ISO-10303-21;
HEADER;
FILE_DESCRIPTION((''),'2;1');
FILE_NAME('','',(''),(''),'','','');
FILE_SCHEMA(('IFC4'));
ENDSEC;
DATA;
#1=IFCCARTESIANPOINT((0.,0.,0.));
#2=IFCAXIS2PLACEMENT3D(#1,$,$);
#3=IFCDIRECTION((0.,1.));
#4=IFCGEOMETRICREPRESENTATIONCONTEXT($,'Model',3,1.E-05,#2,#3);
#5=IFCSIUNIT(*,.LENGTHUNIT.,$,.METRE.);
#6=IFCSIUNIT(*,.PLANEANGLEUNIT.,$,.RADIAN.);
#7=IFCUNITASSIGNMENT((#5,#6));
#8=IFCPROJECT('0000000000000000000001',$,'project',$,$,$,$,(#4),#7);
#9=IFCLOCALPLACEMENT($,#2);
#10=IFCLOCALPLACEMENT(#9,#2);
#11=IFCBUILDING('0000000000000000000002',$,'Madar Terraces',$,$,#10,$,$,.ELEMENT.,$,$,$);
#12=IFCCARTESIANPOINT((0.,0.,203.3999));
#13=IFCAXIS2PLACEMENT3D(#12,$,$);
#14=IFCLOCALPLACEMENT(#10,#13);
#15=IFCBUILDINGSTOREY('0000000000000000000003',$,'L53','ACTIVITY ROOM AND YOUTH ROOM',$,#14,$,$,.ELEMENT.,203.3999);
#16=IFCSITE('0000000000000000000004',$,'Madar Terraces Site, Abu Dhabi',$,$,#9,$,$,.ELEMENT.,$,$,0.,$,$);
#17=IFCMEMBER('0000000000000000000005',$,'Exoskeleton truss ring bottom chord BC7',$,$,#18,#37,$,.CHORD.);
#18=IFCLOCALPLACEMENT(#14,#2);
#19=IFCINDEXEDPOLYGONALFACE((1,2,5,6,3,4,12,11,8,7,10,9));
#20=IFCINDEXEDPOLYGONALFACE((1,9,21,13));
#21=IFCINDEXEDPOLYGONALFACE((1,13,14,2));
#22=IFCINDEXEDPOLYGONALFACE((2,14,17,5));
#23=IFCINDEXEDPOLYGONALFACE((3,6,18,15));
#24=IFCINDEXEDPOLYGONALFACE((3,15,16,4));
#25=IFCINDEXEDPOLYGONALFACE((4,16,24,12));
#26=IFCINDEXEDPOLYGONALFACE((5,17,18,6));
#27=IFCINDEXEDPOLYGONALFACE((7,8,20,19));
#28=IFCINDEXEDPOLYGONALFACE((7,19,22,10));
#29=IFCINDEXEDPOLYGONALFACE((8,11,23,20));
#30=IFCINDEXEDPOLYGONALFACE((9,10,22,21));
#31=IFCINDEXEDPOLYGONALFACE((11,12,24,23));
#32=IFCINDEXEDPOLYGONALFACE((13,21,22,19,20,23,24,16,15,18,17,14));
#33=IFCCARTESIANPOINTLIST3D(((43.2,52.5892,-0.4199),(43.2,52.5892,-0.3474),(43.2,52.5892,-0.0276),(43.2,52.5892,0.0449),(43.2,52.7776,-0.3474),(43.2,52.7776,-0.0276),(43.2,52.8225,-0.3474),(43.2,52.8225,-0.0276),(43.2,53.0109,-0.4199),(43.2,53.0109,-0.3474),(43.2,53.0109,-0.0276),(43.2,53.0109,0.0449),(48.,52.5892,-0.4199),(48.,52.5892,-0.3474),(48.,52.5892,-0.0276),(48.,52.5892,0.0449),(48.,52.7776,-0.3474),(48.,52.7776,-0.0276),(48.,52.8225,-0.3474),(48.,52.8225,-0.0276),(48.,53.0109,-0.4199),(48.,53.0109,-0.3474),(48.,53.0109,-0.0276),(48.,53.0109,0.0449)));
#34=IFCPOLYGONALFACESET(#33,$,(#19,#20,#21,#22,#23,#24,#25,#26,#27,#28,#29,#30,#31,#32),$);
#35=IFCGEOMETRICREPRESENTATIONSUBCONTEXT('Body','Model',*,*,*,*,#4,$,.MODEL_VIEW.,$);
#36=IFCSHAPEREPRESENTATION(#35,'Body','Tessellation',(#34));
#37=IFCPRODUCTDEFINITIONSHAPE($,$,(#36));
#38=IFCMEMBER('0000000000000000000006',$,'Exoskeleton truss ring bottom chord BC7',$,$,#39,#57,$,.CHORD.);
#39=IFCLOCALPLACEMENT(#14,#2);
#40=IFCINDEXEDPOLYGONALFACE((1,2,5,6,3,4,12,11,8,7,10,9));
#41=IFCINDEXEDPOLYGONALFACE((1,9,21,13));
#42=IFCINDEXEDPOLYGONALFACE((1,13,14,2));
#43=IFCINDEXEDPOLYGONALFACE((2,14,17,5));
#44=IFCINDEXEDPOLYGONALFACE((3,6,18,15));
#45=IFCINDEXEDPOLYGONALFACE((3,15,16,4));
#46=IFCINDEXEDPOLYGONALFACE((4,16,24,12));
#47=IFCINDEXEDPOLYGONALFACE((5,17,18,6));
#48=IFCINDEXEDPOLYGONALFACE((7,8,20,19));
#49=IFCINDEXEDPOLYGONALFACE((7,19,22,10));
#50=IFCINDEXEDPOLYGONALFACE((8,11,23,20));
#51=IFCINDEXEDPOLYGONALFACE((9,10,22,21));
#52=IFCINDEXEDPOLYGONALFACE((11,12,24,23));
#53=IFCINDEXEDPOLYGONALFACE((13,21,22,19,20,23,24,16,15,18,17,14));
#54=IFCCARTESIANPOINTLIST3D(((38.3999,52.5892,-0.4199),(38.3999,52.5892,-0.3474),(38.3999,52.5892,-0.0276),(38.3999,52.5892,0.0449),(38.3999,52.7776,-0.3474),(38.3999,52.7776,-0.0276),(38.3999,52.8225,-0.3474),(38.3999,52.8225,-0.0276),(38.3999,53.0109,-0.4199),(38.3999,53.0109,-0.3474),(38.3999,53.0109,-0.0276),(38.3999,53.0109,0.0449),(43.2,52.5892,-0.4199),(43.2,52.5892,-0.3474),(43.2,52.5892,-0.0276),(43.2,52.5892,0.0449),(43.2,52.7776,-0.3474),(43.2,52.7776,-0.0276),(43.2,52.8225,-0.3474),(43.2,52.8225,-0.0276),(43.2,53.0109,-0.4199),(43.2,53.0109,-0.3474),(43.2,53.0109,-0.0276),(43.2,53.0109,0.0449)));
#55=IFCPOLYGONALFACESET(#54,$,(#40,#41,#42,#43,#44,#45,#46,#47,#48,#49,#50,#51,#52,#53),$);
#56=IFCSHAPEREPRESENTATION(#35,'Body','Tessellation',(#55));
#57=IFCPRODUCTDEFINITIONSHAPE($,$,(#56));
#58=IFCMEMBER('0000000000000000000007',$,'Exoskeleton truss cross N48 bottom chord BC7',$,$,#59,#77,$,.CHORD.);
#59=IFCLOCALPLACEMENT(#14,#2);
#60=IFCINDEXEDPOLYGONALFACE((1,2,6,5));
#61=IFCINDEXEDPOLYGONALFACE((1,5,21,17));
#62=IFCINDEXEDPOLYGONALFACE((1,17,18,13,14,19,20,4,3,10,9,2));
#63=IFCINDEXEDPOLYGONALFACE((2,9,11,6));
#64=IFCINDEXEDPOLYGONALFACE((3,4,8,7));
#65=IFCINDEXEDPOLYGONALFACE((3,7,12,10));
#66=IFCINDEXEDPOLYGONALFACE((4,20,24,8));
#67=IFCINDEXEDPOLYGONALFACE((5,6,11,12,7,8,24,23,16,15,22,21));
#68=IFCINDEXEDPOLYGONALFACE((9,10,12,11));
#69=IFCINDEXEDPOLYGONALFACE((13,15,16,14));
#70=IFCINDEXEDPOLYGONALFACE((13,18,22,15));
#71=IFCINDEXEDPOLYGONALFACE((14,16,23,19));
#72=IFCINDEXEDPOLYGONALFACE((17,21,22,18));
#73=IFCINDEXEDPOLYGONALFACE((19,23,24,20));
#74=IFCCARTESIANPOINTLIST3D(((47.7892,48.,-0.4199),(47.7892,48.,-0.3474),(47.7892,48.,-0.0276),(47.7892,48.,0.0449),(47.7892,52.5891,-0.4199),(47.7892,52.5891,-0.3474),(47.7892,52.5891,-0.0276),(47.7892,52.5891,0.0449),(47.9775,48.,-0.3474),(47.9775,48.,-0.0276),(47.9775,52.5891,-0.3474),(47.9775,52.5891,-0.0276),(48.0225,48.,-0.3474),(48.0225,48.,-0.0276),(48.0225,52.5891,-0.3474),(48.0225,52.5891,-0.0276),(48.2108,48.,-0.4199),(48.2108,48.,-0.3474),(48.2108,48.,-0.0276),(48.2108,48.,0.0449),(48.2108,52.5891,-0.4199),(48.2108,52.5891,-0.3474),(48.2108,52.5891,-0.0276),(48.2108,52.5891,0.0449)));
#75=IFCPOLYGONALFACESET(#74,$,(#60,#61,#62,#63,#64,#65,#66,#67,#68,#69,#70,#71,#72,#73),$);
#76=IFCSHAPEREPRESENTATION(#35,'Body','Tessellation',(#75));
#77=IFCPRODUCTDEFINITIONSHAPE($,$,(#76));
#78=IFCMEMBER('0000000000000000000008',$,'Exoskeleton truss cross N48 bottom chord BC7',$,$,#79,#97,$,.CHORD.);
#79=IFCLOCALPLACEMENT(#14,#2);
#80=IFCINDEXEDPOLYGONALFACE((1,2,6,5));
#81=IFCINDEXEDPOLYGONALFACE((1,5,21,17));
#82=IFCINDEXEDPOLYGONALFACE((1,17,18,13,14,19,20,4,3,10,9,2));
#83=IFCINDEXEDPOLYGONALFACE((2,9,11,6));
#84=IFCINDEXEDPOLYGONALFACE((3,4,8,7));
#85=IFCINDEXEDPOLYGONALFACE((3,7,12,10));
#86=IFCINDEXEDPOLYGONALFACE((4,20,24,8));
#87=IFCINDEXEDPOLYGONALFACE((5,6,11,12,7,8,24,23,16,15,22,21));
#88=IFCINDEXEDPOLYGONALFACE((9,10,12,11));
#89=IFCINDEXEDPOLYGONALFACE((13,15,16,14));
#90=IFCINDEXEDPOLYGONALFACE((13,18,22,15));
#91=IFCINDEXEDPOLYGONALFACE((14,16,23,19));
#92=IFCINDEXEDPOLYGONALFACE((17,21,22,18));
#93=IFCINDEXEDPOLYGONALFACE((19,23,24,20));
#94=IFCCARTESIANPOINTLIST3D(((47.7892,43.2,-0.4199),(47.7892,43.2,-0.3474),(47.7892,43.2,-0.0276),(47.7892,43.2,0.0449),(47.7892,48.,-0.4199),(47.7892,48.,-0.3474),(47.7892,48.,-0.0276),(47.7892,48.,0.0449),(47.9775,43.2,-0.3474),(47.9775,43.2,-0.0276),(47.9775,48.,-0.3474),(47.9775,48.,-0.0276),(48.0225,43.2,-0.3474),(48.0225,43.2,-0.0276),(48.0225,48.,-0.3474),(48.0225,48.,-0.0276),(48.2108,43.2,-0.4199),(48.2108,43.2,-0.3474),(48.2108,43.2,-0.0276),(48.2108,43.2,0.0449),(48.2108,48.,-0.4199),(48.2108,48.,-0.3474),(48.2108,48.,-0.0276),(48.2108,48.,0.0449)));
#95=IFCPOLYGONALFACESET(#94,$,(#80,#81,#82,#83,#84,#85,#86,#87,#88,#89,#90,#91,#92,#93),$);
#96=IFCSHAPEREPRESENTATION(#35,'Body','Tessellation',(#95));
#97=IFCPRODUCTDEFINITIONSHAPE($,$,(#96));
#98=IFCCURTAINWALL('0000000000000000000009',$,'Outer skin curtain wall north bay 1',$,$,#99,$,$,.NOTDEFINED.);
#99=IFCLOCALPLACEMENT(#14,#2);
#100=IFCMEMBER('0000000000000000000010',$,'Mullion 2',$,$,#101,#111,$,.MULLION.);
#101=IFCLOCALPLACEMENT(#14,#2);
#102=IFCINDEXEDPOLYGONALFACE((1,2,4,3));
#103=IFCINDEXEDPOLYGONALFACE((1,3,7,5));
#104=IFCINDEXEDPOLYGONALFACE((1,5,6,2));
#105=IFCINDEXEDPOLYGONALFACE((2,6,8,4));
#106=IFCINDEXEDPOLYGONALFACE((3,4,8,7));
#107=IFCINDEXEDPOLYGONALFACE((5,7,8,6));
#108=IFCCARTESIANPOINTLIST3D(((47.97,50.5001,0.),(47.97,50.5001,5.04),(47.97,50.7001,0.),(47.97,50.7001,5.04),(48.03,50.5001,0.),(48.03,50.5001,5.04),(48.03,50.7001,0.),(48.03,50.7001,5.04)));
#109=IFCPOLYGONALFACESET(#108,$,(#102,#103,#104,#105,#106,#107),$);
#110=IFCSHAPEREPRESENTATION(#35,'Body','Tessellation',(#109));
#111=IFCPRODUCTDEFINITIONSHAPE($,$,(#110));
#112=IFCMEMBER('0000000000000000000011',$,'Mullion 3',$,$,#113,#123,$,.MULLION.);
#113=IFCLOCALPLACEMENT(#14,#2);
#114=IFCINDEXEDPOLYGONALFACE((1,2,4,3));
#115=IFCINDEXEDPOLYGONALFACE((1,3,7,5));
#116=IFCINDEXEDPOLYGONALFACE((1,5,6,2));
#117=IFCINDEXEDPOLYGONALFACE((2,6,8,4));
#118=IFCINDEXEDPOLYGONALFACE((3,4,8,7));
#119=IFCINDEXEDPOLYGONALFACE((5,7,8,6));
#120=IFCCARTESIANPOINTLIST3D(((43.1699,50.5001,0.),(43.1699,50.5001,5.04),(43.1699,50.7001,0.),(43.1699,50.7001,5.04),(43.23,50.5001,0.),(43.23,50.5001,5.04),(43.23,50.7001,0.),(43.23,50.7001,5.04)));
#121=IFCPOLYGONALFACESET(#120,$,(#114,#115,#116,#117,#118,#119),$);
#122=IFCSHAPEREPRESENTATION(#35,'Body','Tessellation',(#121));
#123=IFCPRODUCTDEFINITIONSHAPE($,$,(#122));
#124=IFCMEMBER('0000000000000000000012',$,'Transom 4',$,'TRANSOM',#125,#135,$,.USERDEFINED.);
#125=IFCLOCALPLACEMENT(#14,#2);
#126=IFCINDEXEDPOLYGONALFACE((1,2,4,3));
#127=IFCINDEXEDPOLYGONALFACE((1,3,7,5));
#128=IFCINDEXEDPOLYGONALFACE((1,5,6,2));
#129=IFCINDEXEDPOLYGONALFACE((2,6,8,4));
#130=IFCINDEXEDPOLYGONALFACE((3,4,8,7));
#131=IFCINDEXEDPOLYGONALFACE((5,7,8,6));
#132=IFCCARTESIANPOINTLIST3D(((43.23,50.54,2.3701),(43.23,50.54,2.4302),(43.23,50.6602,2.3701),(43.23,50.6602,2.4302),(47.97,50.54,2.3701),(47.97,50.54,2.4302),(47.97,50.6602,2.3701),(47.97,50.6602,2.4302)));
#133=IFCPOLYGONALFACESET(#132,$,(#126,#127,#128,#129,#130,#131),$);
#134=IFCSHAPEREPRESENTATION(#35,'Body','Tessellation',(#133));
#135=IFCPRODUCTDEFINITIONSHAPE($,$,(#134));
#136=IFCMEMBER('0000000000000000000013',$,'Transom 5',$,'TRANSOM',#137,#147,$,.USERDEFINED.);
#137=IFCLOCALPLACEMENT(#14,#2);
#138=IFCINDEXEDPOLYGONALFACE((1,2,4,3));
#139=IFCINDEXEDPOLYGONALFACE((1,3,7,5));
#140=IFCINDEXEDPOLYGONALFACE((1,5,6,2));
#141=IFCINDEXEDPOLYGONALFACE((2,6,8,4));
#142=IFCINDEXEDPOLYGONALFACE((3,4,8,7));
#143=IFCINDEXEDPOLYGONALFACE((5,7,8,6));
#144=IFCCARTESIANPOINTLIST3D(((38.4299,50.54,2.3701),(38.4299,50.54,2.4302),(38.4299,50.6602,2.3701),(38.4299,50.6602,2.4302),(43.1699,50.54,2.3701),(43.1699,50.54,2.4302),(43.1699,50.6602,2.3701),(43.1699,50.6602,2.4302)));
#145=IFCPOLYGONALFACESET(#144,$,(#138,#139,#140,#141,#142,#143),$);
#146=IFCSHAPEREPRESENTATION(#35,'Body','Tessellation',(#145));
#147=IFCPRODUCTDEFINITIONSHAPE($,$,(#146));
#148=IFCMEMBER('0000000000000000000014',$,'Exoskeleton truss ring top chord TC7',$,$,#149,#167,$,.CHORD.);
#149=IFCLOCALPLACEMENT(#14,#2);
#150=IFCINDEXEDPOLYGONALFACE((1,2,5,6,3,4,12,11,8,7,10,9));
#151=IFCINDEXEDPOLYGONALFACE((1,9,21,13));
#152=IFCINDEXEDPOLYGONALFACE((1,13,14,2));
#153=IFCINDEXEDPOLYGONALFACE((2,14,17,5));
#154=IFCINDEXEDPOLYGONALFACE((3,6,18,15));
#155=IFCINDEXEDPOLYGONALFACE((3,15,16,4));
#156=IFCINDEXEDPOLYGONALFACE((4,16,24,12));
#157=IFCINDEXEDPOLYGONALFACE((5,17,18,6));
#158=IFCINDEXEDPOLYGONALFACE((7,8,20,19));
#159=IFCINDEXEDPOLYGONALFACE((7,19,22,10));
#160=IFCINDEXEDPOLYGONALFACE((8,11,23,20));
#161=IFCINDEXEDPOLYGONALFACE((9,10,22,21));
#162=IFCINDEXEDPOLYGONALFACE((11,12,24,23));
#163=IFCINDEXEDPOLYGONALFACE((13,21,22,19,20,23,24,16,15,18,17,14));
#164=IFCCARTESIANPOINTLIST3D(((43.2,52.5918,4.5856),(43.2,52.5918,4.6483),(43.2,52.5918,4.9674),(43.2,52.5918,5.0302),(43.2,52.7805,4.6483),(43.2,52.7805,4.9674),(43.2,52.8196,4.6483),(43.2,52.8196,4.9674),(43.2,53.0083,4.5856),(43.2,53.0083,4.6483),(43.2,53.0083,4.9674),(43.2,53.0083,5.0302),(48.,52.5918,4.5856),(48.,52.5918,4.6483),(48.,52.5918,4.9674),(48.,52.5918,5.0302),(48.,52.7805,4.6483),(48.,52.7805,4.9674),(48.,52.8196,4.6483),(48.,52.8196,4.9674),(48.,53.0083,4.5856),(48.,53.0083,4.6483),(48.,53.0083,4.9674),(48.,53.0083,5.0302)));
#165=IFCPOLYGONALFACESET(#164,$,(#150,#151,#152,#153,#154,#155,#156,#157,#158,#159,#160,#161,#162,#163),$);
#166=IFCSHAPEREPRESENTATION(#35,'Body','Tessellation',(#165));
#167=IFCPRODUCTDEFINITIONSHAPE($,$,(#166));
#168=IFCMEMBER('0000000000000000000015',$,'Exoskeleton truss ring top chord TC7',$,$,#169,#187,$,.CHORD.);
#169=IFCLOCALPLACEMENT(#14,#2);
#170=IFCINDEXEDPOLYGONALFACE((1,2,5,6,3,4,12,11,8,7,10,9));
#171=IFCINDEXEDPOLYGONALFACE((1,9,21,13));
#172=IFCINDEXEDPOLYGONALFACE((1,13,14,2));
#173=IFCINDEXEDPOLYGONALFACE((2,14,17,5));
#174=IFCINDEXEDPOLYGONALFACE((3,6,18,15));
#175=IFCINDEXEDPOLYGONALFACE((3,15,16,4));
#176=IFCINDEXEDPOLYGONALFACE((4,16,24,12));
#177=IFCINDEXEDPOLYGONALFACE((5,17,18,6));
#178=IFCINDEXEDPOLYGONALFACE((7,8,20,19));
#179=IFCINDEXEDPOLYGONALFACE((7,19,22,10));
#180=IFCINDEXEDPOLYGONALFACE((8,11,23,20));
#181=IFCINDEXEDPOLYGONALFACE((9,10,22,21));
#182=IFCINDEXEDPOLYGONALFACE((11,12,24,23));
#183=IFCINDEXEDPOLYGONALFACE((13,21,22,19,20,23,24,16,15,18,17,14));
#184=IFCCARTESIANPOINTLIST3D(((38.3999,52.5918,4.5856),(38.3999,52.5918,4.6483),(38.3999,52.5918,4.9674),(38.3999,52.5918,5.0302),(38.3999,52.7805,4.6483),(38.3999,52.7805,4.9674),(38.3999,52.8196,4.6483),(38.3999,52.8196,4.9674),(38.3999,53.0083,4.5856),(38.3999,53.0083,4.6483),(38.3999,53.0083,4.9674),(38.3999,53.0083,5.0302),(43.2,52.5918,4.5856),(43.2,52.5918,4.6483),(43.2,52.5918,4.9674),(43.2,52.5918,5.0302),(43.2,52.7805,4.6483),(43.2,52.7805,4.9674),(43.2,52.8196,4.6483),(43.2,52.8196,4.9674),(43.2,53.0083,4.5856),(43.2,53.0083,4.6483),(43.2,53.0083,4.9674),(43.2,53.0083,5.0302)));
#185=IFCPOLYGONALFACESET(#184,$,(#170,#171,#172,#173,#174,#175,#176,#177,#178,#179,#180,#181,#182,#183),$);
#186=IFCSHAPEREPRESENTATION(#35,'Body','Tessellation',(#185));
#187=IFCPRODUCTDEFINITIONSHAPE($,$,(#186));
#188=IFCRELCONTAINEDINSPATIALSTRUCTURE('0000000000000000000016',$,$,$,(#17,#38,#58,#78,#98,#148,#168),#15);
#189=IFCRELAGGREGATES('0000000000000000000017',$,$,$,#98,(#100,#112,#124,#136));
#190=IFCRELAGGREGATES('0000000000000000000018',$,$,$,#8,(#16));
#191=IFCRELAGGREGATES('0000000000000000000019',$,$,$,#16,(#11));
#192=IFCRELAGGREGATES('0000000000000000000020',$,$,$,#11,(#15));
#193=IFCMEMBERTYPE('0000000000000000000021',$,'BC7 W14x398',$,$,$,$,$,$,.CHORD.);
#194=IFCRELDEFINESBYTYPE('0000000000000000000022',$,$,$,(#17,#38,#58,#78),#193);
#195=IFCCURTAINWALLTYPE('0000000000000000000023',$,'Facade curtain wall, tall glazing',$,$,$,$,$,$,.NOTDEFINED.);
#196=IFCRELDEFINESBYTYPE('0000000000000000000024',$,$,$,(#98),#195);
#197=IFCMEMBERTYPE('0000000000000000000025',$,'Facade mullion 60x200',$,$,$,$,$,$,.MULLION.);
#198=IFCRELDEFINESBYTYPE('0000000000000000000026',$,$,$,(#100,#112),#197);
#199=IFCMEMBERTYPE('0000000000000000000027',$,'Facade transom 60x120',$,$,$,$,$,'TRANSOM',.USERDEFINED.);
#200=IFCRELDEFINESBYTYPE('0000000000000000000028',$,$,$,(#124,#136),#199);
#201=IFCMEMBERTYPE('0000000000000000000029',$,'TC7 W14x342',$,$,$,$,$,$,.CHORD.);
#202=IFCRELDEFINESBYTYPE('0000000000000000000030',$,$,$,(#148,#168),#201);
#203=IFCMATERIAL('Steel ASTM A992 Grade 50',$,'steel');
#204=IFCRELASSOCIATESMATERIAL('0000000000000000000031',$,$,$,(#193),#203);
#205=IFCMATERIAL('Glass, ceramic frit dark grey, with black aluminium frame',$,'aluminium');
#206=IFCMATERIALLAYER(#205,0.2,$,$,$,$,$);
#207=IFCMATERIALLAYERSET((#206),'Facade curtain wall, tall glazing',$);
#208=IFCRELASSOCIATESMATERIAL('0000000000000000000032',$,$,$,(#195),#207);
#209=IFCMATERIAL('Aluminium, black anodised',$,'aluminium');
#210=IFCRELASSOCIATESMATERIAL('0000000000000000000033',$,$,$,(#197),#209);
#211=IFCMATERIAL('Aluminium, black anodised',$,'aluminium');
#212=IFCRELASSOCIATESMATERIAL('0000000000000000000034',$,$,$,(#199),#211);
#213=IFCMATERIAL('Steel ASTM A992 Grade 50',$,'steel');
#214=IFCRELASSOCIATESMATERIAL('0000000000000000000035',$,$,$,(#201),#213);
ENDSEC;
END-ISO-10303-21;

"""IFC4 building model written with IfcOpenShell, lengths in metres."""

from ifc_helpers import new_model, si_unit, direction, frame, origin, origin_2d, place, context, subcontext, project, spatial, rectangle, i_section, extrude, material, layer, layer_set, material_profile, profile_set, type_object, element, aggregate, save


model = new_model("IFC4")

# Units and contexts
model_context = context("Model", 3, precision=1e-05, world=origin(), true_north=direction((0.0, 1.0)))
body_context = subcontext(model_context, "Body", "Model", "MODEL_VIEW")
ifc_project = project(units=[si_unit("LENGTHUNIT", "METRE"), si_unit("PLANEANGLEUNIT", "RADIAN")], contexts=[model_context])

# Site, building, storey
site_placement = place(None, origin())
site = spatial("IfcSite", under=ifc_project, at=site_placement, Name="Madar Terraces Site, Abu Dhabi", CompositionType="ELEMENT", RefElevation=0.0)
building_placement = place(site_placement, origin())
building = spatial("IfcBuilding", under=site, at=building_placement, Name="Madar Terraces", CompositionType="ELEMENT")
storey_placement = place(building_placement, frame((0.0, 0.0, 203.3999)))
storey = spatial("IfcBuildingStorey", under=building, at=storey_placement, Name="L53", Description="ACTIVITY ROOM AND YOUTH ROOM", CompositionType="ELEMENT", Elevation=203.3999)

# Members
ifc_material_1 = material(Name="Steel ASTM A992 Grade 50", Category="steel")
ifc_material_profile_1 = material_profile(ifc_material_1, i_section(OverallWidth=0.4216, OverallDepth=0.4648, WebThickness=0.0449, FlangeThickness=0.0725, at=origin_2d()), Name="W14x398")
ifc_profile_set_1 = profile_set([ifc_material_profile_1], Name="Steel ASTM A992 Grade 50")
member_type_1 = type_object("IfcMemberType", Name="BC7 W14x398", PredefinedType="CHORD", material=ifc_profile_set_1)
for number, where, z_axis, x_axis, name in (
    (1, (48.0, 52.8, -0.1875), (-1.0, 0.0, 0.0), (0.0, -1.0, 0.0), "Exoskeleton truss ring bottom chord BC7"),
    (2, (43.2, 52.8, -0.1875), (-1.0, 0.0, 0.0), (0.0, -1.0, 0.0), "Exoskeleton truss ring bottom chord BC7"),
):
    element("IfcMember", number, at=place(storey_placement, frame(where, z_axis=z_axis, x_axis=x_axis)), inside=storey, type_object=member_type_1, Name=name, PredefinedType="CHORD", context=body_context, shape_type="SweptSolid", body=[
        extrude(i_section(OverallWidth=0.4216, OverallDepth=0.4648, WebThickness=0.0449, FlangeThickness=0.0725, at=origin_2d()), origin(), (0.0, 0.0, 1.0), 4.8),
    ])
member_1_placement = place(storey_placement, frame((48.0, 52.5891, -0.1875), z_axis=(0.0, -1.0, 0.0), x_axis=(1.0, 0.0, 0.0)))
element("IfcMember", 3, at=member_1_placement, inside=storey, type_object=member_type_1, Name="Exoskeleton truss cross N48 bottom chord BC7", PredefinedType="CHORD", context=body_context, shape_type="SweptSolid", body=[
    extrude(i_section(OverallWidth=0.4216, OverallDepth=0.4648, WebThickness=0.0449, FlangeThickness=0.0725, at=origin_2d()), origin(), (0.0, 0.0, 1.0), 4.5891),
])
member_2_placement = place(storey_placement, frame((48.0, 48.0, -0.1875), z_axis=(0.0, -1.0, 0.0), x_axis=(1.0, 0.0, 0.0)))
element("IfcMember", 4, at=member_2_placement, inside=storey, type_object=member_type_1, Name="Exoskeleton truss cross N48 bottom chord BC7", PredefinedType="CHORD", context=body_context, shape_type="SweptSolid", body=[
    extrude(i_section(OverallWidth=0.4216, OverallDepth=0.4648, WebThickness=0.0449, FlangeThickness=0.0725, at=origin_2d()), origin(), (0.0, 0.0, 1.0), 4.8),
])

# Curtain wall, members
ifc_material_2 = material(Name="Glass, ceramic frit dark grey, with black aluminium frame", Category="aluminium")
ifc_layer_1 = layer(ifc_material_2, 0.2)
ifc_layer_set_1 = layer_set([ifc_layer_1], Name="Facade curtain wall, tall glazing")
curtain_wall_type = type_object("IfcCurtainWallType", Name="Facade curtain wall, tall glazing", PredefinedType="NOTDEFINED", material=ifc_layer_set_1)
curtain_wall_placement = place(storey_placement, origin())
curtain_wall = element("IfcCurtainWall", 5, at=curtain_wall_placement, inside=storey, type_object=curtain_wall_type, Name="Outer skin curtain wall north bay 1", PredefinedType="NOTDEFINED")
ifc_material_3 = material(Name="Aluminium, black anodised", Category="aluminium")
ifc_material_profile_2 = material_profile(ifc_material_3, rectangle(XDim=0.2, YDim=0.0601, at=origin_2d()), Name="Facade mullion 60x200")
ifc_profile_set_2 = profile_set([ifc_material_profile_2], Name="Aluminium, black anodised")
member_type_2 = type_object("IfcMemberType", Name="Facade mullion 60x200", PredefinedType="MULLION", material=ifc_profile_set_2)
member_3_placement = place(storey_placement, frame((48.0, 50.6001, 0.0), z_axis=(0.0, 0.0, 1.0), x_axis=(0.0, -1.0, 0.0)))
member_3 = element("IfcMember", 6, at=member_3_placement, type_object=member_type_2, Name="Mullion 2", PredefinedType="MULLION", context=body_context, shape_type="SweptSolid", body=[
    extrude(rectangle(XDim=0.2, YDim=0.0601, at=origin_2d()), origin(), (0.0, 0.0, 1.0), 5.04),
])
member_4_placement = place(storey_placement, frame((43.2, 50.6001, 0.0), z_axis=(0.0, 0.0, 1.0), x_axis=(0.0, -1.0, 0.0)))
member_4 = element("IfcMember", 7, at=member_4_placement, type_object=member_type_2, Name="Mullion 3", PredefinedType="MULLION", context=body_context, shape_type="SweptSolid", body=[
    extrude(rectangle(XDim=0.2, YDim=0.0601, at=origin_2d()), origin(), (0.0, 0.0, 1.0), 5.04),
])
ifc_material_4 = material(Name="Aluminium, black anodised", Category="aluminium")
ifc_material_profile_3 = material_profile(ifc_material_4, rectangle(XDim=0.1201, YDim=0.0601, at=origin_2d()), Name="Facade transom 60x120")
ifc_profile_set_3 = profile_set([ifc_material_profile_3], Name="Aluminium, black anodised")
member_type_3 = type_object("IfcMemberType", Name="Facade transom 60x120", ElementType="TRANSOM", PredefinedType="USERDEFINED", material=ifc_profile_set_3)
member_5_placement = place(storey_placement, frame((47.97, 50.6001, 2.4001), z_axis=(-1.0, 0.0, 0.0), x_axis=(0.0, -1.0, 0.0)))
member_5 = element("IfcMember", 8, at=member_5_placement, type_object=member_type_3, Name="Transom 4", ObjectType="TRANSOM", PredefinedType="USERDEFINED", context=body_context, shape_type="SweptSolid", body=[
    extrude(rectangle(XDim=0.1201, YDim=0.0601, at=origin_2d()), origin(), (0.0, 0.0, 1.0), 4.74),
])
member_6_placement = place(storey_placement, frame((43.1699, 50.6001, 2.4001), z_axis=(-1.0, 0.0, 0.0), x_axis=(0.0, -1.0, 0.0)))
member_6 = element("IfcMember", 9, at=member_6_placement, type_object=member_type_3, Name="Transom 5", ObjectType="TRANSOM", PredefinedType="USERDEFINED", context=body_context, shape_type="SweptSolid", body=[
    extrude(rectangle(XDim=0.1201, YDim=0.0601, at=origin_2d()), origin(), (0.0, 0.0, 1.0), 4.74),
])

# Members
ifc_material_5 = material(Name="Steel ASTM A992 Grade 50", Category="steel")
ifc_material_profile_4 = material_profile(ifc_material_5, i_section(OverallWidth=0.4165, OverallDepth=0.4446, WebThickness=0.0391, FlangeThickness=0.0627, at=origin_2d()), Name="W14x342")
ifc_profile_set_4 = profile_set([ifc_material_profile_4], Name="Steel ASTM A992 Grade 50")
member_type_4 = type_object("IfcMemberType", Name="TC7 W14x342", PredefinedType="CHORD", material=ifc_profile_set_4)
for number, where, z_axis, x_axis, name in (
    (10, (48.0, 52.8, 4.8079), (-1.0, 0.0, 0.0), (0.0, -1.0, 0.0), "Exoskeleton truss ring top chord TC7"),
    (11, (43.2, 52.8, 4.8079), (-1.0, 0.0, 0.0), (0.0, -1.0, 0.0), "Exoskeleton truss ring top chord TC7"),
):
    element("IfcMember", number, at=place(storey_placement, frame(where, z_axis=z_axis, x_axis=x_axis)), inside=storey, type_object=member_type_4, Name=name, PredefinedType="CHORD", context=body_context, shape_type="SweptSolid", body=[
        extrude(i_section(OverallWidth=0.4165, OverallDepth=0.4446, WebThickness=0.0391, FlangeThickness=0.0627, at=origin_2d()), origin(), (0.0, 0.0, 1.0), 4.8),
    ])

aggregate(curtain_wall, [member_3, member_4, member_5, member_6])

save(model, "model.ifc")
